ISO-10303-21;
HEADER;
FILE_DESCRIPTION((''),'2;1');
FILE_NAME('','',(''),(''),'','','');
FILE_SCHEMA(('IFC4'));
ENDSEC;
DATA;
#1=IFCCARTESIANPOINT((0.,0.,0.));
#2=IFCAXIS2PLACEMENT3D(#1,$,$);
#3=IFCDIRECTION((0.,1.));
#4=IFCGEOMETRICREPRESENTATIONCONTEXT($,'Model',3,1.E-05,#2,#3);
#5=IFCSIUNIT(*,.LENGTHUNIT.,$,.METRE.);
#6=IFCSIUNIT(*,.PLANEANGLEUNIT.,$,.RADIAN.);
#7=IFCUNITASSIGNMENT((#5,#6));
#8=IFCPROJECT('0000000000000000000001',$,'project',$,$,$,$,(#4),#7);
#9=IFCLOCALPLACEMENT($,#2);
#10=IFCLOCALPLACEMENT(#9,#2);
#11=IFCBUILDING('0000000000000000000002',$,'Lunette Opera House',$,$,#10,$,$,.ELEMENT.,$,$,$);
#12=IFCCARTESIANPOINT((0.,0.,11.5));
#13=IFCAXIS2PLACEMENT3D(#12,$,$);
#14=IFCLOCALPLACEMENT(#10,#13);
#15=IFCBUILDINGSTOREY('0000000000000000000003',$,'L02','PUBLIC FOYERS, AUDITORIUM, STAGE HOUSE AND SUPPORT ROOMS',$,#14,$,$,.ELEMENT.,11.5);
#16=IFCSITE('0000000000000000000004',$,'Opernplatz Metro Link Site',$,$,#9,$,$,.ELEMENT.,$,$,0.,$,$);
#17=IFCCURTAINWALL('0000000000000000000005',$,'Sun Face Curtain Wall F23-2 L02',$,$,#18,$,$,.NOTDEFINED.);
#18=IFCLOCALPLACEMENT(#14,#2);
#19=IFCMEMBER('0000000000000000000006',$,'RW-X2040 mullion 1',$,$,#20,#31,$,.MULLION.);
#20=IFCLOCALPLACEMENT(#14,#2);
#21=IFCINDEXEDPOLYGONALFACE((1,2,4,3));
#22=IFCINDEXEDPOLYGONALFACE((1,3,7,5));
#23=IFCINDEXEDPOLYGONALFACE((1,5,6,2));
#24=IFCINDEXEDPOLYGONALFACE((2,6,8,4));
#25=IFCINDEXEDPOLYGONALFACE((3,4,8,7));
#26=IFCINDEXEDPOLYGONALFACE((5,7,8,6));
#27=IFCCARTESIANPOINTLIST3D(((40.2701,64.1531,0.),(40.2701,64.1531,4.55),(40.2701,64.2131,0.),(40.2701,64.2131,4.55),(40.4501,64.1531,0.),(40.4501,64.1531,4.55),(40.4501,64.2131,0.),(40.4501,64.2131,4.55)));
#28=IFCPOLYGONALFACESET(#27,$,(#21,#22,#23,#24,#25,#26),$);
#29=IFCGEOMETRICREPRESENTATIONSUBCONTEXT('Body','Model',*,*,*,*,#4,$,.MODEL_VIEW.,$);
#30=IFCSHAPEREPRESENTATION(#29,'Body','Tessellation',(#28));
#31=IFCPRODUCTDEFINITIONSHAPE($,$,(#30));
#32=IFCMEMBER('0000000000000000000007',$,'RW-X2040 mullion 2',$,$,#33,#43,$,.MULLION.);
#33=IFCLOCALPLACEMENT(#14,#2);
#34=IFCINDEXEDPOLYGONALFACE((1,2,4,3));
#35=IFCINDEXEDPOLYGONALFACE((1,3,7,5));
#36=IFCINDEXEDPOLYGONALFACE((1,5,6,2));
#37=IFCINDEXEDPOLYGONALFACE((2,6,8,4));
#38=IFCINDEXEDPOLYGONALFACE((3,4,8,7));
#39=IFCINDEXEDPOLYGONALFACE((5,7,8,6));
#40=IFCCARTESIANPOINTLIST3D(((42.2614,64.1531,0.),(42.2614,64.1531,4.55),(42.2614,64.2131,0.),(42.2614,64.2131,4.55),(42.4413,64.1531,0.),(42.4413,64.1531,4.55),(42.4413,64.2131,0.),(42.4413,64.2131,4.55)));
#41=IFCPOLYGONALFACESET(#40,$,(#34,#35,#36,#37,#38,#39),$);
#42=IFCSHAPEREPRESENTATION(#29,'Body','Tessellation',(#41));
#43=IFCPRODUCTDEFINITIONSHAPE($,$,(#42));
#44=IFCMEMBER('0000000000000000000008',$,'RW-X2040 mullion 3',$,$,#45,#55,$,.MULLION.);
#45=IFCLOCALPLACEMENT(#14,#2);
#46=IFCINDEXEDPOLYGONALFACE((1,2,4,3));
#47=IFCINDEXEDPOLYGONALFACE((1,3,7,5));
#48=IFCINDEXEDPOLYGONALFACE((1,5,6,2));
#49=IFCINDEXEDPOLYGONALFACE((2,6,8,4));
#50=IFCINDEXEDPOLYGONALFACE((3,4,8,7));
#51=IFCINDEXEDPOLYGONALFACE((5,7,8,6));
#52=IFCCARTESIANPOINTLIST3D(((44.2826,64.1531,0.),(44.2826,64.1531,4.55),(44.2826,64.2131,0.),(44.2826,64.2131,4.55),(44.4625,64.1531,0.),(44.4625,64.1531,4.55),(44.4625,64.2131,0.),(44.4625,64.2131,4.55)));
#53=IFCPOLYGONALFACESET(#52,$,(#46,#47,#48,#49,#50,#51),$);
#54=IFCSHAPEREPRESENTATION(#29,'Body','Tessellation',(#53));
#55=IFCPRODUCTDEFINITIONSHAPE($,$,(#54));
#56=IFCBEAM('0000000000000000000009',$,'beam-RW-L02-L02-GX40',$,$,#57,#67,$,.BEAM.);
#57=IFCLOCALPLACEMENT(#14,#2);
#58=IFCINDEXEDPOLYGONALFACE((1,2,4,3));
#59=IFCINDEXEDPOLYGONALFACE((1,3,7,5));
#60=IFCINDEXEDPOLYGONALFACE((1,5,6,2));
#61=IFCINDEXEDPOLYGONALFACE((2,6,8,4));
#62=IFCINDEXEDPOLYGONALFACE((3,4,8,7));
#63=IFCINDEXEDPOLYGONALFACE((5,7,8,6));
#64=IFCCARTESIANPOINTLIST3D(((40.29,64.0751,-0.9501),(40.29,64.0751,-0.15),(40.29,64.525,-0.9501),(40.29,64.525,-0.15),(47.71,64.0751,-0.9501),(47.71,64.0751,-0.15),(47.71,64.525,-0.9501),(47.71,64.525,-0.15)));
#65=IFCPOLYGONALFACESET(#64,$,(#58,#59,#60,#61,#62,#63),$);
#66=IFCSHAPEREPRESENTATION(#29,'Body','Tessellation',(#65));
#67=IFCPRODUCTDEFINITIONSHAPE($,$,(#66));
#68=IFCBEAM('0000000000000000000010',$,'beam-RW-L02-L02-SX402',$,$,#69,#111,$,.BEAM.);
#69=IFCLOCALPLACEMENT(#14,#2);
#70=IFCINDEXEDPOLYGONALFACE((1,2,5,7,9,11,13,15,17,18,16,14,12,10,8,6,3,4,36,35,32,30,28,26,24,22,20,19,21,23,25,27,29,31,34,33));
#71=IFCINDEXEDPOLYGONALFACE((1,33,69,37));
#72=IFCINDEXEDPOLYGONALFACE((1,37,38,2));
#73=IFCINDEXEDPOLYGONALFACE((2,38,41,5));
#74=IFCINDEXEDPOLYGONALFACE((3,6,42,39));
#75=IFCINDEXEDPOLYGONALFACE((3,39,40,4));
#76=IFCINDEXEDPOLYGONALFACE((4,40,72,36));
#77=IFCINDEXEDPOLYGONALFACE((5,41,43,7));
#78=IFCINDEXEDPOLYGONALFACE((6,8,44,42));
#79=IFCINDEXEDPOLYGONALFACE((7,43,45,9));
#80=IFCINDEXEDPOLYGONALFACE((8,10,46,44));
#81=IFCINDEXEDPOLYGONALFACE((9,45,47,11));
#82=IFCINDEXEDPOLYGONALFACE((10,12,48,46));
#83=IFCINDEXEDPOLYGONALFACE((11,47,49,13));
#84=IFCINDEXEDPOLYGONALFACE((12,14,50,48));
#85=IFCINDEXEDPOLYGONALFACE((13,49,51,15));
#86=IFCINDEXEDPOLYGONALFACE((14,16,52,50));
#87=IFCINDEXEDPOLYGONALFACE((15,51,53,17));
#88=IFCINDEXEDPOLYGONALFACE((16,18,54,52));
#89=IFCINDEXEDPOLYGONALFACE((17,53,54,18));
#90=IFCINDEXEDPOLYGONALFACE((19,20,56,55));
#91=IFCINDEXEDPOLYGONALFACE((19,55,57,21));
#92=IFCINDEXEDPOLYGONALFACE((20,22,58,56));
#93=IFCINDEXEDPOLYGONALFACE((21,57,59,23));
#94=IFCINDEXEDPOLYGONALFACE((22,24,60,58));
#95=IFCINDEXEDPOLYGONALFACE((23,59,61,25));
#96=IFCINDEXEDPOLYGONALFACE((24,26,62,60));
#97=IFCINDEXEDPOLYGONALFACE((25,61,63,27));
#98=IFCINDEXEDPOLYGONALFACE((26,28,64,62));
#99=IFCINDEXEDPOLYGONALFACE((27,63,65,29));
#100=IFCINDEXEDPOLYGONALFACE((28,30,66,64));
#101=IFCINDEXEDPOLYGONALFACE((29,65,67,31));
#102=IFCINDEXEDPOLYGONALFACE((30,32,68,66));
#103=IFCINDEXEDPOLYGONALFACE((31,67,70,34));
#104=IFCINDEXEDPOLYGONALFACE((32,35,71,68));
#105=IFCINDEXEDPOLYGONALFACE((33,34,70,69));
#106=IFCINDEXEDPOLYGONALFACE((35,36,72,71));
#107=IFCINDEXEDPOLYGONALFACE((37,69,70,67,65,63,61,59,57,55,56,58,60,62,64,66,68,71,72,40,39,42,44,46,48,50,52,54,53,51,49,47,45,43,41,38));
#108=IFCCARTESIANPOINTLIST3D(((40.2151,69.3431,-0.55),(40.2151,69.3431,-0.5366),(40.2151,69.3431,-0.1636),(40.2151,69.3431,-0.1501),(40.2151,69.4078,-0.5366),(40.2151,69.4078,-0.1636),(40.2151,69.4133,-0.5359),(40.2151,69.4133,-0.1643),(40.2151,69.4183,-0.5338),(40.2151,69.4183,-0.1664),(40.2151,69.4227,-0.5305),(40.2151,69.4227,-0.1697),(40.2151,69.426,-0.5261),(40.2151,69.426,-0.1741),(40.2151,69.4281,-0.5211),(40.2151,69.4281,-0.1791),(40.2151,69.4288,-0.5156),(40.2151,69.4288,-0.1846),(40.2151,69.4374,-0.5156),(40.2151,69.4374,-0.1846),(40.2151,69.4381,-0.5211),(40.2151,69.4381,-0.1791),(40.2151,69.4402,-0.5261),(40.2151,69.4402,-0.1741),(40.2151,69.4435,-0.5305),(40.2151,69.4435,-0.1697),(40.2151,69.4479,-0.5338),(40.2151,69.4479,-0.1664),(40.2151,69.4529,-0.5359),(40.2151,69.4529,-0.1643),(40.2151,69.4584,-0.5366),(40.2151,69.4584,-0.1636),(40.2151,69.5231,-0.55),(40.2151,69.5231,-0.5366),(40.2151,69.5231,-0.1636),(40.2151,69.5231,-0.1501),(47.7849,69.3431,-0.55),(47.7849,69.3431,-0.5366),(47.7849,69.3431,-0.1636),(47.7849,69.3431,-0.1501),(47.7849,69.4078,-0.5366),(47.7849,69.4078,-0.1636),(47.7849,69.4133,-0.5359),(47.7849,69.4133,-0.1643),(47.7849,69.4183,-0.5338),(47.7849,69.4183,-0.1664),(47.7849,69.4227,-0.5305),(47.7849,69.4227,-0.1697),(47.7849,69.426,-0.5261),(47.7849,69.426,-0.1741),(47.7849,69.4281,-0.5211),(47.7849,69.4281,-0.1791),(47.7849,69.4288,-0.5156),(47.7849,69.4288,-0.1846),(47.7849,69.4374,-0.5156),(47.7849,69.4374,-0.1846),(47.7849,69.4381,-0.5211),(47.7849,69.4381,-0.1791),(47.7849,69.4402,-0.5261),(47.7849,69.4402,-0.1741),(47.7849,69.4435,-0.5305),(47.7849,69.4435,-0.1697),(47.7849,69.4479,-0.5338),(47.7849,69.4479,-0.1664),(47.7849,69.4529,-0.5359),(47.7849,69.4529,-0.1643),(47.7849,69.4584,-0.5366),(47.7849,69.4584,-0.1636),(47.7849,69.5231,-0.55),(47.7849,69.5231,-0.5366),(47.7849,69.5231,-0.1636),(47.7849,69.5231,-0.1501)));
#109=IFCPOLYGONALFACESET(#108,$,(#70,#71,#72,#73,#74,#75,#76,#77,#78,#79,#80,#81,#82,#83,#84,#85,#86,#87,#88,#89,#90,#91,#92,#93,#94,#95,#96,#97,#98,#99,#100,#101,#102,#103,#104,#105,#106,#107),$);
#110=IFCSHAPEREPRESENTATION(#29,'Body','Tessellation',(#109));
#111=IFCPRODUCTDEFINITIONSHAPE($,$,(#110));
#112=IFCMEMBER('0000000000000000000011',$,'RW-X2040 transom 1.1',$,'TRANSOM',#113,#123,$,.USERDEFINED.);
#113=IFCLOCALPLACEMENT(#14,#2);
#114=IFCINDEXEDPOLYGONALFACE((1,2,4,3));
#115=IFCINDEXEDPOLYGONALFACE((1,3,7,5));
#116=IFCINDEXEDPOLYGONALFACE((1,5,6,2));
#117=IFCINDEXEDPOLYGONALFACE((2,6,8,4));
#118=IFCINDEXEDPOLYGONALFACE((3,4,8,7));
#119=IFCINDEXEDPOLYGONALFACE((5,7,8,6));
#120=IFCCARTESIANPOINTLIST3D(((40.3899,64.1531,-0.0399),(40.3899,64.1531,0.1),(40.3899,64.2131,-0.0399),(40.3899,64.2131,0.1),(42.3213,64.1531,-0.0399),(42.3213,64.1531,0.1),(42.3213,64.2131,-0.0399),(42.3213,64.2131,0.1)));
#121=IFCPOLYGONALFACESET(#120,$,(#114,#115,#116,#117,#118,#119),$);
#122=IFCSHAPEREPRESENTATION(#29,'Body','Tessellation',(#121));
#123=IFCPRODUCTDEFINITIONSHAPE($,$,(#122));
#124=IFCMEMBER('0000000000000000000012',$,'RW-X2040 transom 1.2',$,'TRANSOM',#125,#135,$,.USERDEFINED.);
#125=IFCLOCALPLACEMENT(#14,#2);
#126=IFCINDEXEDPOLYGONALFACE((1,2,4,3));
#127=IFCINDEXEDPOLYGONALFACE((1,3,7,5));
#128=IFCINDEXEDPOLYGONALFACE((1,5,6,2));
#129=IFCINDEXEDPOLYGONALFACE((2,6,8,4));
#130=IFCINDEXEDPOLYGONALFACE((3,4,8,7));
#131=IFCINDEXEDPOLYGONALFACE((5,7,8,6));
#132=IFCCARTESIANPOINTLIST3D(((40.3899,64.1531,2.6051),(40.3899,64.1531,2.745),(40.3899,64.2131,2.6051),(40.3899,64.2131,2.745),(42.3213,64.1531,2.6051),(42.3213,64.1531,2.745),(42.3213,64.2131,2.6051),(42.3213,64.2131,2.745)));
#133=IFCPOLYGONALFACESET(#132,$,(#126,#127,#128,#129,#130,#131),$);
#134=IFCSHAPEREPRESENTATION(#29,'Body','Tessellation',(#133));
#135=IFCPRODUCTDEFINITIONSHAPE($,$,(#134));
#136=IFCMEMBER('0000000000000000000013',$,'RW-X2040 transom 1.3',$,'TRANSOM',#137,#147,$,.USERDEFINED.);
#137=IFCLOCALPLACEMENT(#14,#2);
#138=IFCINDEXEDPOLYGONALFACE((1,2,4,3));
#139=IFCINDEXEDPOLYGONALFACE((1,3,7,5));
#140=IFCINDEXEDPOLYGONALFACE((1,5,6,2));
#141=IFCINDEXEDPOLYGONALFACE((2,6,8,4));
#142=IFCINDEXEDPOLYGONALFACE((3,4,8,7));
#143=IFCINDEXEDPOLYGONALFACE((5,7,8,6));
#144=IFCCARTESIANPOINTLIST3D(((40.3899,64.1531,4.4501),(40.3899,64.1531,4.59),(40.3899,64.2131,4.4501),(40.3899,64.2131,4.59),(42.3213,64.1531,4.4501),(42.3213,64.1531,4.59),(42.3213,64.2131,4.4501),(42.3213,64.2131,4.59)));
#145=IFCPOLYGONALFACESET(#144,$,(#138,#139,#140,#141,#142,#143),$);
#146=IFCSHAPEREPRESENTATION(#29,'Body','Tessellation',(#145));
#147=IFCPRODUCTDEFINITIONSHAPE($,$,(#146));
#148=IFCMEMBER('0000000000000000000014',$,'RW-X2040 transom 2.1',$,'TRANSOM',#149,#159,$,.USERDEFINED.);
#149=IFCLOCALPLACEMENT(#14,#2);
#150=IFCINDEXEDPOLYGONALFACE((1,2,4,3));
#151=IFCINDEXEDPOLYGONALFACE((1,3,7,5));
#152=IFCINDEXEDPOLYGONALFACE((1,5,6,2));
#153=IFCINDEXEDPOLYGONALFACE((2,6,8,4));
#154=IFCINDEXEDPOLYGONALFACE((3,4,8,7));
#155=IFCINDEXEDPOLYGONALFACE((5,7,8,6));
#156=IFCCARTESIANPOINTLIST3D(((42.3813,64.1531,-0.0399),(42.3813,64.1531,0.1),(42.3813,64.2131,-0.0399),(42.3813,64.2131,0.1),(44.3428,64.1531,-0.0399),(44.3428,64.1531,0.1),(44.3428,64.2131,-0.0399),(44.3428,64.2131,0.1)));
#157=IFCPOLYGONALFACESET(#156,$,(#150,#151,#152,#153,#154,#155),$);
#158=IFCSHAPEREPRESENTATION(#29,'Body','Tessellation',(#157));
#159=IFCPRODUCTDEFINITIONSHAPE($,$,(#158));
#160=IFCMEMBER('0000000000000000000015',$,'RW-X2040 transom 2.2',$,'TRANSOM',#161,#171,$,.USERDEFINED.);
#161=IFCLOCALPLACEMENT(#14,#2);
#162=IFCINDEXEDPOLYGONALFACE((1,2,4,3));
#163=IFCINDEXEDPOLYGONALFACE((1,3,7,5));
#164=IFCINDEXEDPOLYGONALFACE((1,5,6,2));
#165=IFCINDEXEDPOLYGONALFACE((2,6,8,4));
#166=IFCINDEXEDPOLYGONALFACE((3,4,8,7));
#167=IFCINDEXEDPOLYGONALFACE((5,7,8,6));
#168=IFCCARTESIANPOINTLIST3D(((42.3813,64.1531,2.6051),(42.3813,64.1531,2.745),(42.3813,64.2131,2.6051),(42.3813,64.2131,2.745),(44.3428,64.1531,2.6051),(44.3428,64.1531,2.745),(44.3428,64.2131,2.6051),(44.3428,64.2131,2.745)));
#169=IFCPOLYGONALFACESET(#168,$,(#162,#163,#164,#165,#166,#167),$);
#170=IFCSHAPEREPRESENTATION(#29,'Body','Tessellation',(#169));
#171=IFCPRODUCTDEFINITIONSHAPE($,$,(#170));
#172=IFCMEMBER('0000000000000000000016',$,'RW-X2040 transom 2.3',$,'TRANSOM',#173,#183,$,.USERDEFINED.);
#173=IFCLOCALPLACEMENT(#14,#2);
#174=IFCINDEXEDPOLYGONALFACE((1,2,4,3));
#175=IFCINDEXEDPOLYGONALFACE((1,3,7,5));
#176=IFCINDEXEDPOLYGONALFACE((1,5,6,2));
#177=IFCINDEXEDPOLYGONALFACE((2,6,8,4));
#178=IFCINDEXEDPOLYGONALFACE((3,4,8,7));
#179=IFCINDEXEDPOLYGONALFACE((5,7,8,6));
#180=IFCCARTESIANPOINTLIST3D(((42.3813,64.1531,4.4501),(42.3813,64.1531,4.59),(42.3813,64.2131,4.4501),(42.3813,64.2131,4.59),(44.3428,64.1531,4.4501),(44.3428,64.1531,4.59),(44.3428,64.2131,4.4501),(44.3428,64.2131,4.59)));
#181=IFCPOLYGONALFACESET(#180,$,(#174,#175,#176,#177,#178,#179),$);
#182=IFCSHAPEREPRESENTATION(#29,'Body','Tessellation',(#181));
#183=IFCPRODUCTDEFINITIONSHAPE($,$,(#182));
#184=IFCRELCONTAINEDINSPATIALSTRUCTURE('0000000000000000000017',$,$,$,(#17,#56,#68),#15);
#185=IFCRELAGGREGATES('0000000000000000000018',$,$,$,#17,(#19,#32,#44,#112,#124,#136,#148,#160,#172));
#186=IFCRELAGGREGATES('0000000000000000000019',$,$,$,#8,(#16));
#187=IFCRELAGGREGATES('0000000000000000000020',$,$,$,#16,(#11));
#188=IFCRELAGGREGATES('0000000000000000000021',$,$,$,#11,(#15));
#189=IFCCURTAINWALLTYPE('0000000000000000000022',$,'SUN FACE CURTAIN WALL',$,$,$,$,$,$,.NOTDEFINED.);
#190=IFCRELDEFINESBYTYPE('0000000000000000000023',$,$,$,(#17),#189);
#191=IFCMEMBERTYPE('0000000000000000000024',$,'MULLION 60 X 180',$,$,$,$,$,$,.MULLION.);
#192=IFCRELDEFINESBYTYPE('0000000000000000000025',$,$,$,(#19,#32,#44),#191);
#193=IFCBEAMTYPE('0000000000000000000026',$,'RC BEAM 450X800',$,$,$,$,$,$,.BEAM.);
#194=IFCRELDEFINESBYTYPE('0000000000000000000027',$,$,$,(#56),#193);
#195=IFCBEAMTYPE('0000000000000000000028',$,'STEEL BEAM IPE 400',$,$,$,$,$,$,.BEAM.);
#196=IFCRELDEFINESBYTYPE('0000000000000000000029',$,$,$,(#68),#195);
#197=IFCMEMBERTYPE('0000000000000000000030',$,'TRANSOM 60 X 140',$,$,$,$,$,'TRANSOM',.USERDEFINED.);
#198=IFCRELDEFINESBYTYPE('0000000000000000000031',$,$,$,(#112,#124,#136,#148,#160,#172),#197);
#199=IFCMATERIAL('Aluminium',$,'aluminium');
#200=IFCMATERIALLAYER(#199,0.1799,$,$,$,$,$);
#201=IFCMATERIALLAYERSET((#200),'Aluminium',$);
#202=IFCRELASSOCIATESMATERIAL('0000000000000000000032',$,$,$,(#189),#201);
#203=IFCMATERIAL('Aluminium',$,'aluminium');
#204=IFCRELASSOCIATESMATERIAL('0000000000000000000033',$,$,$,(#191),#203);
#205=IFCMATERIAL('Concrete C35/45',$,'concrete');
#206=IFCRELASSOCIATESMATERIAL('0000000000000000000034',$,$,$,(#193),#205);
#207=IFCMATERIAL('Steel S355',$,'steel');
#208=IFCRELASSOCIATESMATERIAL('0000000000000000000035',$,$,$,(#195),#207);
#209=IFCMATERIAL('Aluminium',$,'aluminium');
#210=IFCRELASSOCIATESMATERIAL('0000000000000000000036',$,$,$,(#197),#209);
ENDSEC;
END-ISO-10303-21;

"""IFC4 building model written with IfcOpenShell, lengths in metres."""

from ifc_helpers import new_model, si_unit, direction, frame, origin, origin_2d, place, context, subcontext, project, spatial, rectangle, i_section, extrude, material, layer, layer_set, material_profile, profile_set, type_object, element, aggregate, save


model = new_model("IFC4")

# Units and contexts
model_context = context("Model", 3, precision=1e-05, world=origin(), true_north=direction((0.0, 1.0)))
body_context = subcontext(model_context, "Body", "Model", "MODEL_VIEW")
ifc_project = project(units=[si_unit("LENGTHUNIT", "METRE"), si_unit("PLANEANGLEUNIT", "RADIAN")], contexts=[model_context])

# Site, building, storey
site_placement = place(None, origin())
site = spatial("IfcSite", under=ifc_project, at=site_placement, Name="Opernplatz Metro Link Site", CompositionType="ELEMENT", RefElevation=0.0)
building_placement = place(site_placement, origin())
building = spatial("IfcBuilding", under=site, at=building_placement, Name="Lunette Opera House", CompositionType="ELEMENT")
storey_placement = place(building_placement, frame((0.0, 0.0, 11.5)))
storey = spatial("IfcBuildingStorey", under=building, at=storey_placement, Name="L02", Description="PUBLIC FOYERS, AUDITORIUM, STAGE HOUSE AND SUPPORT ROOMS", CompositionType="ELEMENT", Elevation=11.5)

# Curtain wall, members
ifc_material_1 = material(Name="Aluminium", Category="aluminium")
ifc_layer_1 = layer(ifc_material_1, 0.1799)
ifc_layer_set_1 = layer_set([ifc_layer_1], Name="Aluminium")
curtain_wall_type = type_object("IfcCurtainWallType", Name="SUN FACE CURTAIN WALL", PredefinedType="NOTDEFINED", material=ifc_layer_set_1)
curtain_wall_placement = place(storey_placement, origin())
curtain_wall = element("IfcCurtainWall", 1, at=curtain_wall_placement, inside=storey, type_object=curtain_wall_type, Name="Sun Face Curtain Wall F23-2 L02", PredefinedType="NOTDEFINED")
ifc_material_2 = material(Name="Aluminium", Category="aluminium")
ifc_material_profile_1 = material_profile(ifc_material_2, rectangle(XDim=0.0601, YDim=0.1799, at=origin_2d()), Name="MULLION 60 X 180")
ifc_profile_set_1 = profile_set([ifc_material_profile_1], Name="Aluminium")
member_type_1 = type_object("IfcMemberType", Name="MULLION 60 X 180", PredefinedType="MULLION", material=ifc_profile_set_1)
member_1_placement = place(storey_placement, frame((40.3601, 64.1831, 0.0), z_axis=(0.0, 0.0, 1.0), x_axis=(0.0, 1.0, 0.0)))
member_1 = element("IfcMember", 2, at=member_1_placement, type_object=member_type_1, Name="RW-X2040 mullion 1", PredefinedType="MULLION", context=body_context, shape_type="SweptSolid", body=[
    extrude(rectangle(XDim=0.0601, YDim=0.1799, at=origin_2d()), origin(), (0.0, 0.0, 1.0), 4.55),
])
member_2_placement = place(storey_placement, frame((42.3513, 64.1831, 0.0), z_axis=(0.0, 0.0, 1.0), x_axis=(0.0, 1.0, 0.0)))
member_2 = element("IfcMember", 3, at=member_2_placement, type_object=member_type_1, Name="RW-X2040 mullion 2", PredefinedType="MULLION", context=body_context, shape_type="SweptSolid", body=[
    extrude(rectangle(XDim=0.0601, YDim=0.1799, at=origin_2d()), origin(), (0.0, 0.0, 1.0), 4.55),
])
member_3_placement = place(storey_placement, frame((44.3726, 64.1831, 0.0), z_axis=(0.0, 0.0, 1.0), x_axis=(0.0, 1.0, 0.0)))
member_3 = element("IfcMember", 4, at=member_3_placement, type_object=member_type_1, Name="RW-X2040 mullion 3", PredefinedType="MULLION", context=body_context, shape_type="SweptSolid", body=[
    extrude(rectangle(XDim=0.0601, YDim=0.1799, at=origin_2d()), origin(), (0.0, 0.0, 1.0), 4.55),
])

# Beams
ifc_material_3 = material(Name="Concrete C35/45", Category="concrete")
ifc_material_profile_2 = material_profile(ifc_material_3, rectangle(XDim=0.45, YDim=0.8, at=origin_2d()), Name="RC BEAM 450X800")
ifc_profile_set_2 = profile_set([ifc_material_profile_2], Name="Concrete C35/45")
beam_type_1 = type_object("IfcBeamType", Name="RC BEAM 450X800", PredefinedType="BEAM", material=ifc_profile_set_2)
beam_1_placement = place(storey_placement, frame((40.29, 64.3, -0.55), z_axis=(1.0, 0.0, 0.0), x_axis=(0.0, 1.0, 0.0)))
element("IfcBeam", 5, at=beam_1_placement, inside=storey, type_object=beam_type_1, Name="beam-RW-L02-L02-GX40", PredefinedType="BEAM", context=body_context, shape_type="SweptSolid", body=[
    extrude(rectangle(XDim=0.45, YDim=0.8, at=origin_2d()), origin(), (0.0, 0.0, 1.0), 7.4199),
])
ifc_material_4 = material(Name="Steel S355", Category="steel")
ifc_material_profile_3 = material_profile(ifc_material_4, i_section(OverallWidth=0.1799, OverallDepth=0.3999, WebThickness=0.0085, FlangeThickness=0.0134, FilletRadius=0.021, at=origin_2d()), Name="IPE 400")
ifc_profile_set_3 = profile_set([ifc_material_profile_3], Name="Steel S355")
beam_type_2 = type_object("IfcBeamType", Name="STEEL BEAM IPE 400", PredefinedType="BEAM", material=ifc_profile_set_3)
beam_2_placement = place(storey_placement, frame((40.2151, 69.4331, -0.3501), z_axis=(1.0, 0.0, 0.0), x_axis=(0.0, 1.0, 0.0)))
element("IfcBeam", 6, at=beam_2_placement, inside=storey, type_object=beam_type_2, Name="beam-RW-L02-L02-SX402", PredefinedType="BEAM", context=body_context, shape_type="SweptSolid", body=[
    extrude(i_section(OverallWidth=0.1799, OverallDepth=0.3999, WebThickness=0.0085, FlangeThickness=0.0134, FilletRadius=0.021, at=origin_2d()), origin(), (0.0, 0.0, 1.0), 7.5698),
])

# Members
ifc_material_5 = material(Name="Aluminium", Category="aluminium")
ifc_material_profile_4 = material_profile(ifc_material_5, rectangle(XDim=0.0601, YDim=0.1399, at=origin_2d()), Name="TRANSOM 60 X 140")
ifc_profile_set_4 = profile_set([ifc_material_profile_4], Name="Aluminium")
member_type_2 = type_object("IfcMemberType", Name="TRANSOM 60 X 140", ElementType="TRANSOM", PredefinedType="USERDEFINED", material=ifc_profile_set_4)
member_4_placement = place(storey_placement, frame((40.3899, 64.1831, 0.03), z_axis=(1.0, 0.0, 0.0), x_axis=(0.0, 1.0, 0.0)))
member_4 = element("IfcMember", 7, at=member_4_placement, type_object=member_type_2, Name="RW-X2040 transom 1.1", ObjectType="TRANSOM", PredefinedType="USERDEFINED", context=body_context, shape_type="SweptSolid", body=[
    extrude(rectangle(XDim=0.0601, YDim=0.1399, at=origin_2d()), origin(), (0.0, 0.0, 1.0), 1.9314),
])
member_5_placement = place(storey_placement, frame((40.3899, 64.1831, 2.675), z_axis=(1.0, 0.0, 0.0), x_axis=(0.0, 1.0, 0.0)))
member_5 = element("IfcMember", 8, at=member_5_placement, type_object=member_type_2, Name="RW-X2040 transom 1.2", ObjectType="TRANSOM", PredefinedType="USERDEFINED", context=body_context, shape_type="SweptSolid", body=[
    extrude(rectangle(XDim=0.0601, YDim=0.1399, at=origin_2d()), origin(), (0.0, 0.0, 1.0), 1.9314),
])
member_6_placement = place(storey_placement, frame((40.3899, 64.1831, 4.52), z_axis=(1.0, 0.0, 0.0), x_axis=(0.0, 1.0, 0.0)))
member_6 = element("IfcMember", 9, at=member_6_placement, type_object=member_type_2, Name="RW-X2040 transom 1.3", ObjectType="TRANSOM", PredefinedType="USERDEFINED", context=body_context, shape_type="SweptSolid", body=[
    extrude(rectangle(XDim=0.0601, YDim=0.1399, at=origin_2d()), origin(), (0.0, 0.0, 1.0), 1.9314),
])
member_7_placement = place(storey_placement, frame((42.3813, 64.1831, 0.03), z_axis=(1.0, 0.0, 0.0), x_axis=(0.0, 1.0, 0.0)))
member_7 = element("IfcMember", 10, at=member_7_placement, type_object=member_type_2, Name="RW-X2040 transom 2.1", ObjectType="TRANSOM", PredefinedType="USERDEFINED", context=body_context, shape_type="SweptSolid", body=[
    extrude(rectangle(XDim=0.0601, YDim=0.1399, at=origin_2d()), origin(), (0.0, 0.0, 1.0), 1.9614),
])
member_8_placement = place(storey_placement, frame((42.3813, 64.1831, 2.675), z_axis=(1.0, 0.0, 0.0), x_axis=(0.0, 1.0, 0.0)))
member_8 = element("IfcMember", 11, at=member_8_placement, type_object=member_type_2, Name="RW-X2040 transom 2.2", ObjectType="TRANSOM", PredefinedType="USERDEFINED", context=body_context, shape_type="SweptSolid", body=[
    extrude(rectangle(XDim=0.0601, YDim=0.1399, at=origin_2d()), origin(), (0.0, 0.0, 1.0), 1.9614),
])
member_9_placement = place(storey_placement, frame((42.3813, 64.1831, 4.52), z_axis=(1.0, 0.0, 0.0), x_axis=(0.0, 1.0, 0.0)))
member_9 = element("IfcMember", 12, at=member_9_placement, type_object=member_type_2, Name="RW-X2040 transom 2.3", ObjectType="TRANSOM", PredefinedType="USERDEFINED", context=body_context, shape_type="SweptSolid", body=[
    extrude(rectangle(XDim=0.0601, YDim=0.1399, at=origin_2d()), origin(), (0.0, 0.0, 1.0), 1.9614),
])

aggregate(curtain_wall, [member_1, member_2, member_3, member_4, member_5, member_6, member_7, member_8, member_9])

save(model, "model.ifc")
